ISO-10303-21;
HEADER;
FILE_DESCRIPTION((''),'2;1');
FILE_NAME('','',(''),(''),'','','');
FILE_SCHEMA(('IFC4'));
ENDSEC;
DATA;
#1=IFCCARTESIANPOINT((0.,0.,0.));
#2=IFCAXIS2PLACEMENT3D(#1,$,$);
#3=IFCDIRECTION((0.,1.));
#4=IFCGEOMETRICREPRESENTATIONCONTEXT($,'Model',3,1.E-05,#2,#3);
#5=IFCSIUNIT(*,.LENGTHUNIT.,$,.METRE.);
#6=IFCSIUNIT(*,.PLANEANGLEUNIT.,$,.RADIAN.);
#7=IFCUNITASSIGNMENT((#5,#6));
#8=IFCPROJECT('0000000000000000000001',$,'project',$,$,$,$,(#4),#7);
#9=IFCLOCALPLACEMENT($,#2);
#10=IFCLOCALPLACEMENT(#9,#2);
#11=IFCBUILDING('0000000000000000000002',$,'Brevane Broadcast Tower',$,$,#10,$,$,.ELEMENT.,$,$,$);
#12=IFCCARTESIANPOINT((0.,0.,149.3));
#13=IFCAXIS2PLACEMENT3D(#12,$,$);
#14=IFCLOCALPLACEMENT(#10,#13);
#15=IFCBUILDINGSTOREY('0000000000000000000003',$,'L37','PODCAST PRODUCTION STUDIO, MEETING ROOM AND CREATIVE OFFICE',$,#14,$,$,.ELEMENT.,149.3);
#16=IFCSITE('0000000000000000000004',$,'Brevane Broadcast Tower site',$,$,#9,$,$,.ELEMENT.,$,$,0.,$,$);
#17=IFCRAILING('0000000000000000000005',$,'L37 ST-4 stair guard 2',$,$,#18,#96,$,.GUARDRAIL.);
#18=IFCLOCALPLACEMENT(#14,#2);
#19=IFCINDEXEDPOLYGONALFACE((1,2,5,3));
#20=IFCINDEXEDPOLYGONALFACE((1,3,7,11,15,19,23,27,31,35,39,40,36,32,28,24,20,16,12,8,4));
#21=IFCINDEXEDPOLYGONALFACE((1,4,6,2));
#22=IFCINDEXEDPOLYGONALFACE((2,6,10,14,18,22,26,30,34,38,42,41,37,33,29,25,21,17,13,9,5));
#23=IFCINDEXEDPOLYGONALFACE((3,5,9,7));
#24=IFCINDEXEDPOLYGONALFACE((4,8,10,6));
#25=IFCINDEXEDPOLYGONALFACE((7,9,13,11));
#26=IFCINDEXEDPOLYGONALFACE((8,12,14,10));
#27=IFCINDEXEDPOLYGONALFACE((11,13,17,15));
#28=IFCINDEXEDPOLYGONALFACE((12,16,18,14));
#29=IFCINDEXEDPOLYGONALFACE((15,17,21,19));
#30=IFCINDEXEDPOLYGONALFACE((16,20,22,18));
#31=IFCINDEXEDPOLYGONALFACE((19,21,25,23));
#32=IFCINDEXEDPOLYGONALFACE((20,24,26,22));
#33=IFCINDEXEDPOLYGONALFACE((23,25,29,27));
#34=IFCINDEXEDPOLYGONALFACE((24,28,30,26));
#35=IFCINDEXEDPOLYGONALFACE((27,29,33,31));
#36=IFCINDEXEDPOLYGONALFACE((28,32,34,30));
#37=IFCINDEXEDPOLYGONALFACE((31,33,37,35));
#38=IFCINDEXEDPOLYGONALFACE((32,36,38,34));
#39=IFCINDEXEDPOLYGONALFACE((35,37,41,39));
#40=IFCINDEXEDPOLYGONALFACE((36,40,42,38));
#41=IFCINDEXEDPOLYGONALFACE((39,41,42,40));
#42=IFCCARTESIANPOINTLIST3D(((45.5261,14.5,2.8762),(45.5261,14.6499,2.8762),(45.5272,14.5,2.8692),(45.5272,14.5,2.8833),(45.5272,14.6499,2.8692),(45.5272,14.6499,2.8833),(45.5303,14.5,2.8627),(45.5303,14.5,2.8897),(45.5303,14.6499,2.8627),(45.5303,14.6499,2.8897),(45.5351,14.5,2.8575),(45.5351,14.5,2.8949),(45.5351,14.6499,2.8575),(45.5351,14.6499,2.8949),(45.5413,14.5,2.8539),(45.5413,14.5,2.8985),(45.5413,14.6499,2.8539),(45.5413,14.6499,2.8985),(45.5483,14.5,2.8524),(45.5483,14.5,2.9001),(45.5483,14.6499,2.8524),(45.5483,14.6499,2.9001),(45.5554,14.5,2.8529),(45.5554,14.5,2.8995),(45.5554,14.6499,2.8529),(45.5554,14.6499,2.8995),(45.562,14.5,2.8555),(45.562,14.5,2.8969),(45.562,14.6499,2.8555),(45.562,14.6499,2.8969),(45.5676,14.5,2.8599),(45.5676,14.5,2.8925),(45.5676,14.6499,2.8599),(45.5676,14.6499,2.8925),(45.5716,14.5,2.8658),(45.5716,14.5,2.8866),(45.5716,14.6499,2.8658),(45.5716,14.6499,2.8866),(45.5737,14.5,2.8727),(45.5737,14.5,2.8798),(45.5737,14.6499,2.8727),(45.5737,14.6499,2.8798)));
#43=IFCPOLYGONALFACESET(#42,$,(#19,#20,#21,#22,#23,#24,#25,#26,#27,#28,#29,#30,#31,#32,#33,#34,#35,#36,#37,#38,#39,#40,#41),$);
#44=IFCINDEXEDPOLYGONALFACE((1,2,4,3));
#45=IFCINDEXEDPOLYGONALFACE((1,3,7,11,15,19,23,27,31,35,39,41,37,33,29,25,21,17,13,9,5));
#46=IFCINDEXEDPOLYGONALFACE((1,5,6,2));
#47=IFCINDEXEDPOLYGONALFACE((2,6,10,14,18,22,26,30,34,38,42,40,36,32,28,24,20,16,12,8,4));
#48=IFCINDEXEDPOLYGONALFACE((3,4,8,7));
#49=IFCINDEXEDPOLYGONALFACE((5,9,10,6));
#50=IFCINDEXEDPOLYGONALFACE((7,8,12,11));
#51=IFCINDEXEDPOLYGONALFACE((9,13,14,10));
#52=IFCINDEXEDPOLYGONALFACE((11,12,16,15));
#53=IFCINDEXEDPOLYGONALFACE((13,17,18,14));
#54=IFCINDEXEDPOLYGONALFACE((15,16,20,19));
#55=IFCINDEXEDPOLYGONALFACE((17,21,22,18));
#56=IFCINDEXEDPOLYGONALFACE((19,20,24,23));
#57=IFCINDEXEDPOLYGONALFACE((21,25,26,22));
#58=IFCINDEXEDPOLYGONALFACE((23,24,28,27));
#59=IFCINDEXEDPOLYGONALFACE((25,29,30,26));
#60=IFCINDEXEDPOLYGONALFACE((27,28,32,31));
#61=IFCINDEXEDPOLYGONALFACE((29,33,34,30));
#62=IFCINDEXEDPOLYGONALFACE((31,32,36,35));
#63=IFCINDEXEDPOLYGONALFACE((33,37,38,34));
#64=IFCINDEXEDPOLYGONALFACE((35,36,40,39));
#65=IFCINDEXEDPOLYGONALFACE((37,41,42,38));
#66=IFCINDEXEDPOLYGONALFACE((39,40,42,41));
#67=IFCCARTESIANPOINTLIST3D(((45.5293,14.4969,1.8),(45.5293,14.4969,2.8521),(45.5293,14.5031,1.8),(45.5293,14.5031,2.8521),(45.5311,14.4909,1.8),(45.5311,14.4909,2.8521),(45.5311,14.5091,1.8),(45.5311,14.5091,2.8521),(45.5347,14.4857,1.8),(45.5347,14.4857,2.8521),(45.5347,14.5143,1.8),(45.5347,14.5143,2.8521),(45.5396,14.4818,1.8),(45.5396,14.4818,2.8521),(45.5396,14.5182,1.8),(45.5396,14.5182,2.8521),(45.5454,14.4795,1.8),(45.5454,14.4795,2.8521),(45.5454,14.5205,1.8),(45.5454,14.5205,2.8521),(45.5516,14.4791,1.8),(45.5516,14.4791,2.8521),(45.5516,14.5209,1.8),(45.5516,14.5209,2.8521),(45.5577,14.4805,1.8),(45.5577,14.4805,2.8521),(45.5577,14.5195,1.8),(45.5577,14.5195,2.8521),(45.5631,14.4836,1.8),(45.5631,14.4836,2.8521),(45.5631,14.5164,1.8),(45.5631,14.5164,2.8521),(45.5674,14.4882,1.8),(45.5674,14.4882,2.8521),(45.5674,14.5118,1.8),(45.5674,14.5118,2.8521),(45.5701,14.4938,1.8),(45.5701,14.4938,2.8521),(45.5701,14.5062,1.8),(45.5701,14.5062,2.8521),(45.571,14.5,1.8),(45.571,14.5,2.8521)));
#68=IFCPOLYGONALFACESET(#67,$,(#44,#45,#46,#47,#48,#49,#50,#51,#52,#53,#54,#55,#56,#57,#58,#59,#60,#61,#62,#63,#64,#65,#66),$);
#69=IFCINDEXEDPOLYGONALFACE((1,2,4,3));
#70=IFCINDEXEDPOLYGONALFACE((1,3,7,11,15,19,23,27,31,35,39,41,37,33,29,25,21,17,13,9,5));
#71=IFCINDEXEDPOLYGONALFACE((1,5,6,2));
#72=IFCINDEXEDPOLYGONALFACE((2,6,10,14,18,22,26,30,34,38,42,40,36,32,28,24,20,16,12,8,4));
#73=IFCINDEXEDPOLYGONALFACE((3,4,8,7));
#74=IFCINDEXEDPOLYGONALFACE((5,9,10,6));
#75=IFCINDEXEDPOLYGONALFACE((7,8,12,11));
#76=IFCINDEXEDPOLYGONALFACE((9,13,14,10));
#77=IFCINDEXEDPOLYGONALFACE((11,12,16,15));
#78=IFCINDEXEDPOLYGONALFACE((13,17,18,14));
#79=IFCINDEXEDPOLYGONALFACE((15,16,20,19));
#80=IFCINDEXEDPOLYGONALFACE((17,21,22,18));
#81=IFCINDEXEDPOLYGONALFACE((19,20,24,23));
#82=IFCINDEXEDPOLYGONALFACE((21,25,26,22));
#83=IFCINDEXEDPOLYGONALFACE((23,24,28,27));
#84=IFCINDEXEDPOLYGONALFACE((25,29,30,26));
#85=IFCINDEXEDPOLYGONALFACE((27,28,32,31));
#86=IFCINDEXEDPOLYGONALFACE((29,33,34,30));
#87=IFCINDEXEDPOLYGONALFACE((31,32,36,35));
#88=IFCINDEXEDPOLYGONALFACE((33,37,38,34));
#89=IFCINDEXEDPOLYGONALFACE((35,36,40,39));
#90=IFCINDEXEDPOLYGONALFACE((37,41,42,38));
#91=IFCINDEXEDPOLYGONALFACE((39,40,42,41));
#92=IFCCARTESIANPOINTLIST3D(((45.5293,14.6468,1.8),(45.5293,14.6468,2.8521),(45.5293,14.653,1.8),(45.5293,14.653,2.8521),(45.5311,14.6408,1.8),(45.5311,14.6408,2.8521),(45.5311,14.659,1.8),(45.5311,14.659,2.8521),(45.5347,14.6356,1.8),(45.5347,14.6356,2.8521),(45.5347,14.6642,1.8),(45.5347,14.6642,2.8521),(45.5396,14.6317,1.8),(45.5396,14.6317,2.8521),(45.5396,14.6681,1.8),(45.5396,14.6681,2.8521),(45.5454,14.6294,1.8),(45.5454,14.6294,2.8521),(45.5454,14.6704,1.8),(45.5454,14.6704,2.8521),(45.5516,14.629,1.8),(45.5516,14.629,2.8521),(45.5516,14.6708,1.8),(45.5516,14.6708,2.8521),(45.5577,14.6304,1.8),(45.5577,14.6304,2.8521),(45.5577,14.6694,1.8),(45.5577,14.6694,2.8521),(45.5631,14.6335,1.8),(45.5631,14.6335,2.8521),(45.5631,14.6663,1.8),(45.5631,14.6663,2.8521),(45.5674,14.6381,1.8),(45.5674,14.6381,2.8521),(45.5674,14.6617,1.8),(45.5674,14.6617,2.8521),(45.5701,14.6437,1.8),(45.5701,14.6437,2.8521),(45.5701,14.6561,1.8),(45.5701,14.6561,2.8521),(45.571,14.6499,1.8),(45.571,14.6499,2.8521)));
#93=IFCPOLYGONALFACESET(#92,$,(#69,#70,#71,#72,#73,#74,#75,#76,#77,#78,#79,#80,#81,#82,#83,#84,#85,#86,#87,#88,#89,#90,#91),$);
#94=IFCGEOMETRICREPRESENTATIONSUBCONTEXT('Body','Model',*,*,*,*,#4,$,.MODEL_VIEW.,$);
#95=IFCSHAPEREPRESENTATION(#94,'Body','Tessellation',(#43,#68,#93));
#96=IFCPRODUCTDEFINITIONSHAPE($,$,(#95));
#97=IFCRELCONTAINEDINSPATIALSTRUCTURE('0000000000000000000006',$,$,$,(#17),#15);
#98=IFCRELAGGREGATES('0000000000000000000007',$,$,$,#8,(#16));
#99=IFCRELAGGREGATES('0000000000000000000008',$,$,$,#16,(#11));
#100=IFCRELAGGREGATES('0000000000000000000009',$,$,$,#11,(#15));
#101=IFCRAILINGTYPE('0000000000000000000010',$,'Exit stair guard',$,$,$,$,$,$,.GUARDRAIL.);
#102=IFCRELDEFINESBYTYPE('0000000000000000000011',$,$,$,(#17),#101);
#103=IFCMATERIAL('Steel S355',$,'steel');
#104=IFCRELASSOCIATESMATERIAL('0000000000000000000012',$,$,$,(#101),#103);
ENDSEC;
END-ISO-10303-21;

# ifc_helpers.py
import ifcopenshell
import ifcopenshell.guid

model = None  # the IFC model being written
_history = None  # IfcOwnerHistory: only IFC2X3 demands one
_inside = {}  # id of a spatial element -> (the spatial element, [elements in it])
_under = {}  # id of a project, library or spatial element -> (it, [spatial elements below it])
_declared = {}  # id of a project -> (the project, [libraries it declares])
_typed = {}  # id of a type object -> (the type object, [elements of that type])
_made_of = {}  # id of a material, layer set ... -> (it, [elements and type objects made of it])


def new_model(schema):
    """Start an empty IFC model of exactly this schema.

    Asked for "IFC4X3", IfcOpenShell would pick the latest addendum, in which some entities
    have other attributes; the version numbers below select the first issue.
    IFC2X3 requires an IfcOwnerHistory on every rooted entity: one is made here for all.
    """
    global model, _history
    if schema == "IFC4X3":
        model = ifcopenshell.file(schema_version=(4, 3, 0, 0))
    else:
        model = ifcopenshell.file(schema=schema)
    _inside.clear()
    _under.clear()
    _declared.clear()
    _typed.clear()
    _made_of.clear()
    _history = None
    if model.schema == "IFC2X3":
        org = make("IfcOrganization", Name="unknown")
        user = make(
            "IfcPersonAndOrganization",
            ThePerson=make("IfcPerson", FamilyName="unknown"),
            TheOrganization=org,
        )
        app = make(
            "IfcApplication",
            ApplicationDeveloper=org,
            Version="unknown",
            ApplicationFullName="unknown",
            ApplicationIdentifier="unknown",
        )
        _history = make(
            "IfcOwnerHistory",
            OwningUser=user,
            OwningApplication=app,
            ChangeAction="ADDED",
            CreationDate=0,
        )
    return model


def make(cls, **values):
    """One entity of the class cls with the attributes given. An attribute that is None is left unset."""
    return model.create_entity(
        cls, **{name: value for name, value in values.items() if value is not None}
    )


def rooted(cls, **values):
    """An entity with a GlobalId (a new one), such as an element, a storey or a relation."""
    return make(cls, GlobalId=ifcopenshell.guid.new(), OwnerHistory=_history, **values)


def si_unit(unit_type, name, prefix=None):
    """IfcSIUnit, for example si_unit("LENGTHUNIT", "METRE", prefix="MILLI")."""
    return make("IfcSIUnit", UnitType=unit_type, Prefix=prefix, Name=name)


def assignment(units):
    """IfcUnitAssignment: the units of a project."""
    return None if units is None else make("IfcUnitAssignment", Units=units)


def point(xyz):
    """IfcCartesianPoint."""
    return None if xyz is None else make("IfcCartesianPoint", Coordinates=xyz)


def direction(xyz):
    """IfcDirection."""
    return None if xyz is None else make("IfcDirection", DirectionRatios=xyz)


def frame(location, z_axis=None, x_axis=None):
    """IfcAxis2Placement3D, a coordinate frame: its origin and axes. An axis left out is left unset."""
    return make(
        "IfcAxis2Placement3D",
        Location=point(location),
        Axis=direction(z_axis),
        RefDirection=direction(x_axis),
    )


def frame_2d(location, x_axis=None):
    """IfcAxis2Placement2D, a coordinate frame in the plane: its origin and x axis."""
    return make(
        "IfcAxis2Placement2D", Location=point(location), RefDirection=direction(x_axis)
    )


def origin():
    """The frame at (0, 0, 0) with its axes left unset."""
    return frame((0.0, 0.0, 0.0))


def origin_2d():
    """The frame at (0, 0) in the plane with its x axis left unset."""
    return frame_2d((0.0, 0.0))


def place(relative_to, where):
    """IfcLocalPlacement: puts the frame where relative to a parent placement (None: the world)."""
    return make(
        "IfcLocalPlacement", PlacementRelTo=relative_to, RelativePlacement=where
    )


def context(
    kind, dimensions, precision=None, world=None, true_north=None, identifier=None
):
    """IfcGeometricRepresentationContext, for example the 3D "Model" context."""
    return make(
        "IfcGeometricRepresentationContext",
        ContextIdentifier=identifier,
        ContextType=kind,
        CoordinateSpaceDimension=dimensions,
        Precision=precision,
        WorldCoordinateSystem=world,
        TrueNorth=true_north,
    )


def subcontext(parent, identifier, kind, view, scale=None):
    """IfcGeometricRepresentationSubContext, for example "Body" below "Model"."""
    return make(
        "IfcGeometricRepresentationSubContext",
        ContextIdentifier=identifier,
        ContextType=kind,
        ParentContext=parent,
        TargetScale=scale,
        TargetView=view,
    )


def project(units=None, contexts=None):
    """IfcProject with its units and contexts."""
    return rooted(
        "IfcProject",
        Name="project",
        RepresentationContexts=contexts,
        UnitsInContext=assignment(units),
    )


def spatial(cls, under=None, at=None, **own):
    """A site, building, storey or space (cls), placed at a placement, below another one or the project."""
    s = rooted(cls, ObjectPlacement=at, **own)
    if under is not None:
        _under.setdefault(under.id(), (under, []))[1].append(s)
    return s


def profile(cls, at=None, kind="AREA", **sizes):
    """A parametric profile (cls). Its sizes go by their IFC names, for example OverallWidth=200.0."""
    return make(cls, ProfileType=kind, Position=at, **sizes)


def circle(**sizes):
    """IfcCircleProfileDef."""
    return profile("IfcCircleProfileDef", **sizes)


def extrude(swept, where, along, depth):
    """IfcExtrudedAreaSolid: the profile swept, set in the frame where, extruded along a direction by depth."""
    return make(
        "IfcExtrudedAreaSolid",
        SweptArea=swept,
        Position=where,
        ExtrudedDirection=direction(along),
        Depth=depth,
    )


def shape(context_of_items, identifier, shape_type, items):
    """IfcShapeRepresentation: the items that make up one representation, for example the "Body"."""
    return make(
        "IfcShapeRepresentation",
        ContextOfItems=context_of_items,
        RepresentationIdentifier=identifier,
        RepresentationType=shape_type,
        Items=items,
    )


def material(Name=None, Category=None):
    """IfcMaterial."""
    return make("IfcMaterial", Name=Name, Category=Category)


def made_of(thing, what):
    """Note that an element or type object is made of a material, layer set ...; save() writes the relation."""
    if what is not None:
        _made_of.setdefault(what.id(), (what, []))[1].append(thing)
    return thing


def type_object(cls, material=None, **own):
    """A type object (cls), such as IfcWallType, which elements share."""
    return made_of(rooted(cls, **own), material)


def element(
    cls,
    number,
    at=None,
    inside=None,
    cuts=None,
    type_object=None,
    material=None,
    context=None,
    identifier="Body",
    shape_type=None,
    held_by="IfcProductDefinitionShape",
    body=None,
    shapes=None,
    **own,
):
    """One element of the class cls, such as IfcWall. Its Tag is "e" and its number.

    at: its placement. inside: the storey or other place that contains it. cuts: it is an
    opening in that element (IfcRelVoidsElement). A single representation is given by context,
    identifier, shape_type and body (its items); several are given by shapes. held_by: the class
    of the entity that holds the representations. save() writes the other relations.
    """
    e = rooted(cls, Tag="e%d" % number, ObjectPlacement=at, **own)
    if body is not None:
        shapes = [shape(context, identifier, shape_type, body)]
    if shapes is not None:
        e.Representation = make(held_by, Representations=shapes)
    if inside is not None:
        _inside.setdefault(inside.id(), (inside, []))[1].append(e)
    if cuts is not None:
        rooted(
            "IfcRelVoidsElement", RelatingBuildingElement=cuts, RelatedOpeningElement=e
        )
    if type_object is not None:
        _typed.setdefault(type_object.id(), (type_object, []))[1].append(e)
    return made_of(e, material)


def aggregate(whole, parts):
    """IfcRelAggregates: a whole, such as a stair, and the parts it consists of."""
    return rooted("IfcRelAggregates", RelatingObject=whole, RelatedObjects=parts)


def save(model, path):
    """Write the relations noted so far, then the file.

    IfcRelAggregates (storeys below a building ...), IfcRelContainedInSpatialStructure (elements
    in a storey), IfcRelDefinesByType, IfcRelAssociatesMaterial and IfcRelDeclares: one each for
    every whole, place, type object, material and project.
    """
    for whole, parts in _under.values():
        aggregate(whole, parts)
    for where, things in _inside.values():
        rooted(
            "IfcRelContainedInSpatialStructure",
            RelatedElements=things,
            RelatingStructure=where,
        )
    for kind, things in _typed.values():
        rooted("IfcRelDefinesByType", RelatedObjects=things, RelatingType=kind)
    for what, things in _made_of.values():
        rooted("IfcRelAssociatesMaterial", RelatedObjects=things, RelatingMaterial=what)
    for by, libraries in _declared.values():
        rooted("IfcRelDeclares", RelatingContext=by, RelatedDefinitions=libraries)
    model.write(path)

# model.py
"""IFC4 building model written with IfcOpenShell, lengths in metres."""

from ifc_helpers import new_model, si_unit, direction, frame, origin, origin_2d, place, context, subcontext, project, spatial, circle, extrude, material, type_object, element, save


model = new_model("IFC4")

# Units and contexts
model_context = context("Model", 3, precision=1e-05, world=origin(), true_north=direction((0.0, 1.0)))
body_context = subcontext(model_context, "Body", "Model", "MODEL_VIEW")
ifc_project = project(units=[si_unit("LENGTHUNIT", "METRE"), si_unit("PLANEANGLEUNIT", "RADIAN")], contexts=[model_context])

# Site, building, storey
site_placement = place(None, origin())
site = spatial("IfcSite", under=ifc_project, at=site_placement, Name="Brevane Broadcast Tower site", CompositionType="ELEMENT", RefElevation=0.0)
building_placement = place(site_placement, origin())
building = spatial("IfcBuilding", under=site, at=building_placement, Name="Brevane Broadcast Tower", CompositionType="ELEMENT")
storey_placement = place(building_placement, frame((0.0, 0.0, 149.3)))
storey = spatial("IfcBuildingStorey", under=building, at=storey_placement, Name="L37", Description="PODCAST PRODUCTION STUDIO, MEETING ROOM AND CREATIVE OFFICE", CompositionType="ELEMENT", Elevation=149.3)

# Railing
ifc_material_1 = material(Name="Steel S355", Category="steel")
railing_type_1 = type_object("IfcRailingType", Name="Exit stair guard", PredefinedType="GUARDRAIL", material=ifc_material_1)
railing_1_placement = place(storey_placement, frame((45.55, 14.5, 1.8)))
element("IfcRailing", 1, at=railing_1_placement, inside=storey, type_object=railing_type_1, Name="L37 ST-4 stair guard 2", PredefinedType="GUARDRAIL", context=body_context, shape_type="SweptSolid", body=[
    extrude(circle(Radius=0.0239, at=origin_2d()), frame((0.0, 0.0, 1.0762), z_axis=(0.0, 1.0, 0.0), x_axis=(-1.0, 0.0, 0.0)), (0.0, 0.0, 1.0), 0.1499),
    extrude(circle(Radius=0.021, at=origin_2d()), origin(), (0.0, 0.0, 1.0), 1.052),
    extrude(circle(Radius=0.021, at=origin_2d()), frame((0.0, 0.1499, 0.0)), (0.0, 0.0, 1.0), 1.052),
])

save(model, "model.ifc")
